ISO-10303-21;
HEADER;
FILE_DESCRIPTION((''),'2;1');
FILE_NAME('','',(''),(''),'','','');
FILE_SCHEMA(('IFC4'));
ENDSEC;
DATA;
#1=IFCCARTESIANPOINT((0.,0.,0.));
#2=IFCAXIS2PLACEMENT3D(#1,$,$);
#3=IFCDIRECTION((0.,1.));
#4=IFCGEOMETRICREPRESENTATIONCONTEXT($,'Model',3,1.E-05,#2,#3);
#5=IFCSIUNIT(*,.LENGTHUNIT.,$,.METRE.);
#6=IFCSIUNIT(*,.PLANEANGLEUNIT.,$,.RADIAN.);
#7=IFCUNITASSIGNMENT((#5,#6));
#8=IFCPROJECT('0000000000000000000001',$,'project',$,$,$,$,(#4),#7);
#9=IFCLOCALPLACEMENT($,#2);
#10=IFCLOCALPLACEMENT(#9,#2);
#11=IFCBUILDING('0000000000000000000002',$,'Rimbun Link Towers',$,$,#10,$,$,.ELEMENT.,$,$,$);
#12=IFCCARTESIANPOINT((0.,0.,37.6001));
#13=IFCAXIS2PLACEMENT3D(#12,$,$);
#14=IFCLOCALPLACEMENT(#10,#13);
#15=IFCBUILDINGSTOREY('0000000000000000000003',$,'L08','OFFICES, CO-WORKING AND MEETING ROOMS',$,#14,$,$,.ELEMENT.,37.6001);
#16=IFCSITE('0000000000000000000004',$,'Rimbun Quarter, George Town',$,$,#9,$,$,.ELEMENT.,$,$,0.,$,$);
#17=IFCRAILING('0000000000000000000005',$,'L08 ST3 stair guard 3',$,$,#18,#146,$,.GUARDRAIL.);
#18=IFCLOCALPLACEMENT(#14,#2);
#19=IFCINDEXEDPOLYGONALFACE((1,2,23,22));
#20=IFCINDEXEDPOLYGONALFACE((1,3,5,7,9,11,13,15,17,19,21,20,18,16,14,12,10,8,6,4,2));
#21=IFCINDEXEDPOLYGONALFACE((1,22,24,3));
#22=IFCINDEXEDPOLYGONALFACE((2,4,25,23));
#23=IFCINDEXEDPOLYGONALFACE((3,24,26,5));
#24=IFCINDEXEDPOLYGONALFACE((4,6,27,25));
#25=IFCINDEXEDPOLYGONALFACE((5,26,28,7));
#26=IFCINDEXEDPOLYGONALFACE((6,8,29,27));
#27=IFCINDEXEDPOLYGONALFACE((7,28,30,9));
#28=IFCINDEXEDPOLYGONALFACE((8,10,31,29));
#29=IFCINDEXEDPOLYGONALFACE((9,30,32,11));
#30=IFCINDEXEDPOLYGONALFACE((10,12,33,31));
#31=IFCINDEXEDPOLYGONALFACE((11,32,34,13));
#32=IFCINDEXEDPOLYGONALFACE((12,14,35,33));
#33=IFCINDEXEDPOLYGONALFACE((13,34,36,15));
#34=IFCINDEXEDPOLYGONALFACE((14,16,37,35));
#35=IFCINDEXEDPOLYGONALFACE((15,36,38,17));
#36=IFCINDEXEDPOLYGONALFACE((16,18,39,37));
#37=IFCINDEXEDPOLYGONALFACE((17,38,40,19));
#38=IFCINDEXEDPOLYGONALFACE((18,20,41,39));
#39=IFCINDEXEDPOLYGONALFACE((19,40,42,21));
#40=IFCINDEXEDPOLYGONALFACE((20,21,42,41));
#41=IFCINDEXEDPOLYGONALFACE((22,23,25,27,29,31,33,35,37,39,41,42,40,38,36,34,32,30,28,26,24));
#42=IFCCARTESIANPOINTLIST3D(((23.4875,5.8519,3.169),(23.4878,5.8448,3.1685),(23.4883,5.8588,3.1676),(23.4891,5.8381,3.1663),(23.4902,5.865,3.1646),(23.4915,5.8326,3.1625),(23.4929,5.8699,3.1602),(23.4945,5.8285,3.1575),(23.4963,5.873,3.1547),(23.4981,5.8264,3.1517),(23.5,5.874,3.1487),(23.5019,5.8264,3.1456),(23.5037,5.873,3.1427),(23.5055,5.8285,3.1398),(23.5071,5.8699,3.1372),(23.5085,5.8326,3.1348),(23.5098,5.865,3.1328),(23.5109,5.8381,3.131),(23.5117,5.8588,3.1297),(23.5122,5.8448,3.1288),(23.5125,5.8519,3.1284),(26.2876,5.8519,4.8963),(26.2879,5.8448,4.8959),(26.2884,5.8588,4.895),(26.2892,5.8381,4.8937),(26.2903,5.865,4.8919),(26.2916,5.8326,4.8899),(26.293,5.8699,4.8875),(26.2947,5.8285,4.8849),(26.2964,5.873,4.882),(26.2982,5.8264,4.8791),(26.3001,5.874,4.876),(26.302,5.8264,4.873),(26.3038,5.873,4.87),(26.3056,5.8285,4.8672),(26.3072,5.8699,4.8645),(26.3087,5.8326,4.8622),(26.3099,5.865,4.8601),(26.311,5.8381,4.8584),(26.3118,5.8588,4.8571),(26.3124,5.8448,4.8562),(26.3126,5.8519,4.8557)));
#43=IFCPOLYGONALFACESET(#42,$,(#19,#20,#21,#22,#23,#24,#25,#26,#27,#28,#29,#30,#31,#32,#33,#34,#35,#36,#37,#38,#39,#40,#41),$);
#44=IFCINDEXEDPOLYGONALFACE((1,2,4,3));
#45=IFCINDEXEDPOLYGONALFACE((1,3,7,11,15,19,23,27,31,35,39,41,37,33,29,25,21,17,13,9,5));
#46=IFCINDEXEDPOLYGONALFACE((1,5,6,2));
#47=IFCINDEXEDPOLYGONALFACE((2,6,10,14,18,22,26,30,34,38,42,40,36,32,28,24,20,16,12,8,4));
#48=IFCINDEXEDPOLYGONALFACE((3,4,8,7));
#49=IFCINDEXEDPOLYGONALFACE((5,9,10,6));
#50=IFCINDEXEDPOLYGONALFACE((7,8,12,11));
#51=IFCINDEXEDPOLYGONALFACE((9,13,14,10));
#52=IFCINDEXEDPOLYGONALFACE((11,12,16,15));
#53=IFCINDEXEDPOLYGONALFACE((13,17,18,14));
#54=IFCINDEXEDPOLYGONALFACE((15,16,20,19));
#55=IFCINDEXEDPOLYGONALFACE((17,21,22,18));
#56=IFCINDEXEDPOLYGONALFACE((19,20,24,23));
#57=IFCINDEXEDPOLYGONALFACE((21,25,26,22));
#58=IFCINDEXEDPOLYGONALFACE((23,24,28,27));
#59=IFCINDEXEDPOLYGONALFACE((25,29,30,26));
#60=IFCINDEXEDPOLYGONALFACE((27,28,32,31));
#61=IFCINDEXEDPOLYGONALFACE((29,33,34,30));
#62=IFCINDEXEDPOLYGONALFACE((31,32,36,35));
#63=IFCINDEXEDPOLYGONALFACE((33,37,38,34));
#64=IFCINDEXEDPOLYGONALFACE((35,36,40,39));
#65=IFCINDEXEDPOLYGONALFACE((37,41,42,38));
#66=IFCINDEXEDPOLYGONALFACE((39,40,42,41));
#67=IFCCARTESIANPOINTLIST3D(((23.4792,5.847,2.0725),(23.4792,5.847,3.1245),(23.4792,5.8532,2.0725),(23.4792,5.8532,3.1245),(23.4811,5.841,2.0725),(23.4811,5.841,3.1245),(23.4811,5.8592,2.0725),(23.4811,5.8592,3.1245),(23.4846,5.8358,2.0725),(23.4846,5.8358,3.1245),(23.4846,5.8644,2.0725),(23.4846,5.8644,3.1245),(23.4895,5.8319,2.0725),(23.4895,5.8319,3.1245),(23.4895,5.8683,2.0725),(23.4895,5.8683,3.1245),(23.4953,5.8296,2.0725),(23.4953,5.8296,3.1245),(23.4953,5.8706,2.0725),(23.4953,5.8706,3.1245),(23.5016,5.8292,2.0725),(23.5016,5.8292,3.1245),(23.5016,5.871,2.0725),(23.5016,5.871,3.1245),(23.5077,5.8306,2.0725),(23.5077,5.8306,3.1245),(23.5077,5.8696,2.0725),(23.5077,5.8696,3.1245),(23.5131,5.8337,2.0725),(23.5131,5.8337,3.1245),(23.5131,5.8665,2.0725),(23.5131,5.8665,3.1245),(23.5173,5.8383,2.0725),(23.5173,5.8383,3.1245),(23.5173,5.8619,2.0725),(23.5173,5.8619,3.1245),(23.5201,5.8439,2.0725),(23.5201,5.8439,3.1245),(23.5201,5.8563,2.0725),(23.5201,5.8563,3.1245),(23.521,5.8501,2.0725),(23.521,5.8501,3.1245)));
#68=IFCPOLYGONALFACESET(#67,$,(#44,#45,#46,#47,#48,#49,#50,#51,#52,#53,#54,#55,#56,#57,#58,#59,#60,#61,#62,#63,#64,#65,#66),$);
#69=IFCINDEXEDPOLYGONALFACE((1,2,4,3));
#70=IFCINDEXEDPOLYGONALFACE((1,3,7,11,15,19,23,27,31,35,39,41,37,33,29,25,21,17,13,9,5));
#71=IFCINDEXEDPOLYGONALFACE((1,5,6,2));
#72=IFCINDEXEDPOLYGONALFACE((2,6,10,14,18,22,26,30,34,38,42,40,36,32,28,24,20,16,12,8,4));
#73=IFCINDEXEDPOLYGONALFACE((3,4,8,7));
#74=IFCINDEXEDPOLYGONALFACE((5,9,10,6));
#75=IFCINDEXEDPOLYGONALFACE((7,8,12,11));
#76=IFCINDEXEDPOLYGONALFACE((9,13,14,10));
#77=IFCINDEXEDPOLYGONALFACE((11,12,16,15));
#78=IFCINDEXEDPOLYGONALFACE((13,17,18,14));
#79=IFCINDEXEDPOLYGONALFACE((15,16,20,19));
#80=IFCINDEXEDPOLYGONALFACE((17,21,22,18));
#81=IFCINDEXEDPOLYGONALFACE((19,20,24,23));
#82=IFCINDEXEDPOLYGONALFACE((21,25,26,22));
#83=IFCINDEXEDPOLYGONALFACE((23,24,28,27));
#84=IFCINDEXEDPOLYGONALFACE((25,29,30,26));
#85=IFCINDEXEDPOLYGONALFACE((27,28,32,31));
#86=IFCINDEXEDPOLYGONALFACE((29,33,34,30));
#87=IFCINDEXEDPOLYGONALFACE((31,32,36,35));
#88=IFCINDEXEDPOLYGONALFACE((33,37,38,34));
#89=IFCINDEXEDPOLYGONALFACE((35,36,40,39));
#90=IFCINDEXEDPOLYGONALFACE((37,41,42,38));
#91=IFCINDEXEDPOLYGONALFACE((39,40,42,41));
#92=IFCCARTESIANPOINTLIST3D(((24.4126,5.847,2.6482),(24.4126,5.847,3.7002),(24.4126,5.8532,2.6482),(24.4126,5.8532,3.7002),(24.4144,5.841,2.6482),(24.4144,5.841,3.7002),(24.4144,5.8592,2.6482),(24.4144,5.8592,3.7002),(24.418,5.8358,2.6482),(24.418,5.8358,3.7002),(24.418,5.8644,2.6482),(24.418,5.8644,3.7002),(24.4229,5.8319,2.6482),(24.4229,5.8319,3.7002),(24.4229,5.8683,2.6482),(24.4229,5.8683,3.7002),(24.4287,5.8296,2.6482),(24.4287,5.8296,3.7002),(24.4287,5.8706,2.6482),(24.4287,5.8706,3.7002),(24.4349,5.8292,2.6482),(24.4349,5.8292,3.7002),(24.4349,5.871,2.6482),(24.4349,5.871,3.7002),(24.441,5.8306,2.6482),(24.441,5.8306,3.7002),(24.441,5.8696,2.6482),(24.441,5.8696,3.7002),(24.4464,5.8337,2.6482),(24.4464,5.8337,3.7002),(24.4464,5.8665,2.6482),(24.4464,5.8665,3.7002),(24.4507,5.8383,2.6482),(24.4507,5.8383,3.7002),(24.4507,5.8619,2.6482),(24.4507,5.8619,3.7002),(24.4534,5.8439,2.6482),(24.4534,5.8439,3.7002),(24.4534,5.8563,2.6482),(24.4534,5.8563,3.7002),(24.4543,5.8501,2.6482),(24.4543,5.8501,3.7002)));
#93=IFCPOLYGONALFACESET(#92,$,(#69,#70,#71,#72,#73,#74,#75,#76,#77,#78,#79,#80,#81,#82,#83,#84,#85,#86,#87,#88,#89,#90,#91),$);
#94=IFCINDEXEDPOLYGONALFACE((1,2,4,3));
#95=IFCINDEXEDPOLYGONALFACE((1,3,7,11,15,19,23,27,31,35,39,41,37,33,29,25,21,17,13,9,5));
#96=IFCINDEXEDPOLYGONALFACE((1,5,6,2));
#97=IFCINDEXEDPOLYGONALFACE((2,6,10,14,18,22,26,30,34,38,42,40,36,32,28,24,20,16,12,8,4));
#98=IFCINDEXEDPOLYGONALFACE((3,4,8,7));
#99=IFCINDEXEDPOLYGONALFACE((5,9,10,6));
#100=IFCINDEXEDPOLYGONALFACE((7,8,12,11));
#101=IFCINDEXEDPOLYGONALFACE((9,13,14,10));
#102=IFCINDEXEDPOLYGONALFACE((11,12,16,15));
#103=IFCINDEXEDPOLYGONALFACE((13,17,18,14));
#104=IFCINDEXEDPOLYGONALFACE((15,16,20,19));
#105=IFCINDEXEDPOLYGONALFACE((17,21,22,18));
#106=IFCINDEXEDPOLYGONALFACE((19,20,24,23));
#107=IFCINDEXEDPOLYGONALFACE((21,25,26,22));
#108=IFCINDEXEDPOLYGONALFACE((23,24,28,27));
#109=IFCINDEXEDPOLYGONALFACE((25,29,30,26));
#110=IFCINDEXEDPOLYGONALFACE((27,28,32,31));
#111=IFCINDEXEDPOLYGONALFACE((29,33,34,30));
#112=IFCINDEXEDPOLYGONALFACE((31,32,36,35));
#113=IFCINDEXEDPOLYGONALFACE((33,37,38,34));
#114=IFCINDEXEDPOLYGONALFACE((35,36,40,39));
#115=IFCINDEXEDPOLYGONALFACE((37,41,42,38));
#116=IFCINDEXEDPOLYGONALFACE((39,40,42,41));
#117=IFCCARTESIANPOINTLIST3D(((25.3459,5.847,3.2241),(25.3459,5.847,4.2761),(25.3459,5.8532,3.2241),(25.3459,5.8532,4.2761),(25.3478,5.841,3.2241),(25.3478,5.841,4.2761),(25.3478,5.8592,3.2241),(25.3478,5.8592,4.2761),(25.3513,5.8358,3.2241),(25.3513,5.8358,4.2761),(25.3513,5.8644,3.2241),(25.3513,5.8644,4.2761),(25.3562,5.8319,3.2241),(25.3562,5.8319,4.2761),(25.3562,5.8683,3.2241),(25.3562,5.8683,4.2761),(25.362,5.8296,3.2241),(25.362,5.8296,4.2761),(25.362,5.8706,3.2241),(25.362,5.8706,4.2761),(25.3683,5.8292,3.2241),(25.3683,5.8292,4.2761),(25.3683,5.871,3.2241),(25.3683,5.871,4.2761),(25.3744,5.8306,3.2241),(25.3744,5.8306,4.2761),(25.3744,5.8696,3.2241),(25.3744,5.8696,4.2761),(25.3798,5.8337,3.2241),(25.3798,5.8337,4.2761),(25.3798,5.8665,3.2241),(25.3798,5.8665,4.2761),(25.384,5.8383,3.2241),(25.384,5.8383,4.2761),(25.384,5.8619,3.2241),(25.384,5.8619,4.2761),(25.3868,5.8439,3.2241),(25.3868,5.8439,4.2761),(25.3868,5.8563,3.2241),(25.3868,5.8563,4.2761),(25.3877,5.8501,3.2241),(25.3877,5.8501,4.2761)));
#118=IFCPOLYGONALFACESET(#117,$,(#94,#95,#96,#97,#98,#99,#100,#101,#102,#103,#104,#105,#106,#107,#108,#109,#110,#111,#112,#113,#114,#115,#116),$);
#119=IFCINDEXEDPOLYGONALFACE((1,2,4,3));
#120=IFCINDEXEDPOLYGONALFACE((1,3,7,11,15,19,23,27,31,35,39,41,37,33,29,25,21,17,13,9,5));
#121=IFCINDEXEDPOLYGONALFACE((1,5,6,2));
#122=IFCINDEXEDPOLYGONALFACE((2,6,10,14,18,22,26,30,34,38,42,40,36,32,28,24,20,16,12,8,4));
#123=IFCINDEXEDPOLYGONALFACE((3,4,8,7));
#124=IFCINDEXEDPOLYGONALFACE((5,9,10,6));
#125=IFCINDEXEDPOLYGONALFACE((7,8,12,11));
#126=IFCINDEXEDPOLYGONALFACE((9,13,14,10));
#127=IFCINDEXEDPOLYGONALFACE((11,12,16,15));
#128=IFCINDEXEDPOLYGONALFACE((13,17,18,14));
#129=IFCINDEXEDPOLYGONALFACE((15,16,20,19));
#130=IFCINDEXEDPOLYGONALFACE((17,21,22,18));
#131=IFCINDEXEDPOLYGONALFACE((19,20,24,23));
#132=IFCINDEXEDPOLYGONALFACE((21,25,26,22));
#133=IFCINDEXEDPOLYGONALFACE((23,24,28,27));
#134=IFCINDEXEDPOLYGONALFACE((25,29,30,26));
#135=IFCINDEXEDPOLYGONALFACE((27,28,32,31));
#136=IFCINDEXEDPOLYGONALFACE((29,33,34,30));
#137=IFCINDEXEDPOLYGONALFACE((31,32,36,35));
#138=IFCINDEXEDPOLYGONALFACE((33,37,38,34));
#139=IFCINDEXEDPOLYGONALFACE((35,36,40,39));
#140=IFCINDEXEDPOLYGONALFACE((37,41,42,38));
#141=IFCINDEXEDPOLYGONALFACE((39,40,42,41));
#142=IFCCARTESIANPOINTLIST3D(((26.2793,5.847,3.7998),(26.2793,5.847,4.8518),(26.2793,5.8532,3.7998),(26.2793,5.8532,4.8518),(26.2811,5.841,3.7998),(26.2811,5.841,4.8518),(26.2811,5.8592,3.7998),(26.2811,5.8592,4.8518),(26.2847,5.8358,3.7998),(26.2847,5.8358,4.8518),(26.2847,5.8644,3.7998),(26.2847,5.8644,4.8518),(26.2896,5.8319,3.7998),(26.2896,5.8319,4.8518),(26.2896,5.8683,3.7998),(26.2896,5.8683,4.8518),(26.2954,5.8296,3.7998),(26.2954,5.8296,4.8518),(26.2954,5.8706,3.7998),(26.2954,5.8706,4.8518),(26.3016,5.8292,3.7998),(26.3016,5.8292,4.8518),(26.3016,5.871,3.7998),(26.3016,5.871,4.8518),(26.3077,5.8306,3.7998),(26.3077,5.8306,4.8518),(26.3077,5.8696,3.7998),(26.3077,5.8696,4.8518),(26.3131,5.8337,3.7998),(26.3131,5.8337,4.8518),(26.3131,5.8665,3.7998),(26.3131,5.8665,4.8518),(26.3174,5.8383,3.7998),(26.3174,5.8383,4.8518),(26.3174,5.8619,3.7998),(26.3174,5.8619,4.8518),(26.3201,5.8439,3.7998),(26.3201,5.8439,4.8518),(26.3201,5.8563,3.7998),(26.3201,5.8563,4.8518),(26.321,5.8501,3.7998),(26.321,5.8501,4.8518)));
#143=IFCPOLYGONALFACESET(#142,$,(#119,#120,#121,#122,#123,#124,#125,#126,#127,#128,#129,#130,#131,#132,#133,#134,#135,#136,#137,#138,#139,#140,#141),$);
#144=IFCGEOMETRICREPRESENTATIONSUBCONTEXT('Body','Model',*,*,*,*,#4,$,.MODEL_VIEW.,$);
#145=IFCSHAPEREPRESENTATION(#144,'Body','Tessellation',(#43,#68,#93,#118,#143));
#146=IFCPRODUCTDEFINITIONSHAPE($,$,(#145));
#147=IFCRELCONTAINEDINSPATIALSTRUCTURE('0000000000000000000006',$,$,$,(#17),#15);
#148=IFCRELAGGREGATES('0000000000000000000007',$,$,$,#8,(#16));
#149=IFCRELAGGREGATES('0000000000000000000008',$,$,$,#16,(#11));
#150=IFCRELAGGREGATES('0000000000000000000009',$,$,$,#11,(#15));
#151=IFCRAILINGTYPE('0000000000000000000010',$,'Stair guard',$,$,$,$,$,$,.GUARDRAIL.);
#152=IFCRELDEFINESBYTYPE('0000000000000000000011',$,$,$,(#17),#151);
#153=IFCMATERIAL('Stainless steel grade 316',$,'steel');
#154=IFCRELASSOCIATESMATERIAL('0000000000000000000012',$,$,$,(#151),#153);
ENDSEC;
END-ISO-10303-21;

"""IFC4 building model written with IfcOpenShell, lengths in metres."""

from ifc_helpers import new_model, si_unit, direction, frame, origin, origin_2d, place, context, subcontext, project, spatial, circle, extrude, material, type_object, element, save


model = new_model("IFC4")

# Units and contexts
model_context = context("Model", 3, precision=1e-05, world=origin(), true_north=direction((0.0, 1.0)))
body_context = subcontext(model_context, "Body", "Model", "MODEL_VIEW")
ifc_project = project(units=[si_unit("LENGTHUNIT", "METRE"), si_unit("PLANEANGLEUNIT", "RADIAN")], contexts=[model_context])

# Site, building, storey
site_placement = place(None, origin())
site = spatial("IfcSite", under=ifc_project, at=site_placement, Name="Rimbun Quarter, George Town", CompositionType="ELEMENT", RefElevation=0.0)
building_placement = place(site_placement, origin())
building = spatial("IfcBuilding", under=site, at=building_placement, Name="Rimbun Link Towers", CompositionType="ELEMENT")
storey_placement = place(building_placement, frame((0.0, 0.0, 37.6001)))
storey = spatial("IfcBuildingStorey", under=building, at=storey_placement, Name="L08", Description="OFFICES, CO-WORKING AND MEETING ROOMS", CompositionType="ELEMENT", Elevation=37.6001)

# Railing
ifc_material_1 = material(Name="Stainless steel grade 316", Category="steel")
railing_type_1 = type_object("IfcRailingType", Name="Stair guard", PredefinedType="GUARDRAIL", material=ifc_material_1)
railing_1_placement = place(storey_placement, frame((23.5, 5.8501, 2.0725)))
element("IfcRailing", 1, at=railing_1_placement, inside=storey, type_object=railing_type_1, Name="L08 ST3 stair guard 3", PredefinedType="GUARDRAIL", context=body_context, shape_type="SweptSolid", body=[
    extrude(circle(Radius=0.0239, at=origin_2d()), frame((0.0, 0.0, 1.0762), z_axis=(0.85109, 0.0, 0.52502), x_axis=(0.0, 1.0, 0.0)), (0.0, 0.0, 1.0), 3.29),
    extrude(circle(Radius=0.021, at=origin_2d()), origin(), (0.0, 0.0, 1.0), 1.052),
    extrude(circle(Radius=0.021, at=origin_2d()), frame((0.9333, 0.0, 0.5757)), (0.0, 0.0, 1.0), 1.052),
    extrude(circle(Radius=0.021, at=origin_2d()), frame((1.8667, 0.0, 1.1516)), (0.0, 0.0, 1.0), 1.052),
    extrude(circle(Radius=0.021, at=origin_2d()), frame((2.8, 0.0, 1.7273)), (0.0, 0.0, 1.0), 1.052),
])

save(model, "model.ifc")
